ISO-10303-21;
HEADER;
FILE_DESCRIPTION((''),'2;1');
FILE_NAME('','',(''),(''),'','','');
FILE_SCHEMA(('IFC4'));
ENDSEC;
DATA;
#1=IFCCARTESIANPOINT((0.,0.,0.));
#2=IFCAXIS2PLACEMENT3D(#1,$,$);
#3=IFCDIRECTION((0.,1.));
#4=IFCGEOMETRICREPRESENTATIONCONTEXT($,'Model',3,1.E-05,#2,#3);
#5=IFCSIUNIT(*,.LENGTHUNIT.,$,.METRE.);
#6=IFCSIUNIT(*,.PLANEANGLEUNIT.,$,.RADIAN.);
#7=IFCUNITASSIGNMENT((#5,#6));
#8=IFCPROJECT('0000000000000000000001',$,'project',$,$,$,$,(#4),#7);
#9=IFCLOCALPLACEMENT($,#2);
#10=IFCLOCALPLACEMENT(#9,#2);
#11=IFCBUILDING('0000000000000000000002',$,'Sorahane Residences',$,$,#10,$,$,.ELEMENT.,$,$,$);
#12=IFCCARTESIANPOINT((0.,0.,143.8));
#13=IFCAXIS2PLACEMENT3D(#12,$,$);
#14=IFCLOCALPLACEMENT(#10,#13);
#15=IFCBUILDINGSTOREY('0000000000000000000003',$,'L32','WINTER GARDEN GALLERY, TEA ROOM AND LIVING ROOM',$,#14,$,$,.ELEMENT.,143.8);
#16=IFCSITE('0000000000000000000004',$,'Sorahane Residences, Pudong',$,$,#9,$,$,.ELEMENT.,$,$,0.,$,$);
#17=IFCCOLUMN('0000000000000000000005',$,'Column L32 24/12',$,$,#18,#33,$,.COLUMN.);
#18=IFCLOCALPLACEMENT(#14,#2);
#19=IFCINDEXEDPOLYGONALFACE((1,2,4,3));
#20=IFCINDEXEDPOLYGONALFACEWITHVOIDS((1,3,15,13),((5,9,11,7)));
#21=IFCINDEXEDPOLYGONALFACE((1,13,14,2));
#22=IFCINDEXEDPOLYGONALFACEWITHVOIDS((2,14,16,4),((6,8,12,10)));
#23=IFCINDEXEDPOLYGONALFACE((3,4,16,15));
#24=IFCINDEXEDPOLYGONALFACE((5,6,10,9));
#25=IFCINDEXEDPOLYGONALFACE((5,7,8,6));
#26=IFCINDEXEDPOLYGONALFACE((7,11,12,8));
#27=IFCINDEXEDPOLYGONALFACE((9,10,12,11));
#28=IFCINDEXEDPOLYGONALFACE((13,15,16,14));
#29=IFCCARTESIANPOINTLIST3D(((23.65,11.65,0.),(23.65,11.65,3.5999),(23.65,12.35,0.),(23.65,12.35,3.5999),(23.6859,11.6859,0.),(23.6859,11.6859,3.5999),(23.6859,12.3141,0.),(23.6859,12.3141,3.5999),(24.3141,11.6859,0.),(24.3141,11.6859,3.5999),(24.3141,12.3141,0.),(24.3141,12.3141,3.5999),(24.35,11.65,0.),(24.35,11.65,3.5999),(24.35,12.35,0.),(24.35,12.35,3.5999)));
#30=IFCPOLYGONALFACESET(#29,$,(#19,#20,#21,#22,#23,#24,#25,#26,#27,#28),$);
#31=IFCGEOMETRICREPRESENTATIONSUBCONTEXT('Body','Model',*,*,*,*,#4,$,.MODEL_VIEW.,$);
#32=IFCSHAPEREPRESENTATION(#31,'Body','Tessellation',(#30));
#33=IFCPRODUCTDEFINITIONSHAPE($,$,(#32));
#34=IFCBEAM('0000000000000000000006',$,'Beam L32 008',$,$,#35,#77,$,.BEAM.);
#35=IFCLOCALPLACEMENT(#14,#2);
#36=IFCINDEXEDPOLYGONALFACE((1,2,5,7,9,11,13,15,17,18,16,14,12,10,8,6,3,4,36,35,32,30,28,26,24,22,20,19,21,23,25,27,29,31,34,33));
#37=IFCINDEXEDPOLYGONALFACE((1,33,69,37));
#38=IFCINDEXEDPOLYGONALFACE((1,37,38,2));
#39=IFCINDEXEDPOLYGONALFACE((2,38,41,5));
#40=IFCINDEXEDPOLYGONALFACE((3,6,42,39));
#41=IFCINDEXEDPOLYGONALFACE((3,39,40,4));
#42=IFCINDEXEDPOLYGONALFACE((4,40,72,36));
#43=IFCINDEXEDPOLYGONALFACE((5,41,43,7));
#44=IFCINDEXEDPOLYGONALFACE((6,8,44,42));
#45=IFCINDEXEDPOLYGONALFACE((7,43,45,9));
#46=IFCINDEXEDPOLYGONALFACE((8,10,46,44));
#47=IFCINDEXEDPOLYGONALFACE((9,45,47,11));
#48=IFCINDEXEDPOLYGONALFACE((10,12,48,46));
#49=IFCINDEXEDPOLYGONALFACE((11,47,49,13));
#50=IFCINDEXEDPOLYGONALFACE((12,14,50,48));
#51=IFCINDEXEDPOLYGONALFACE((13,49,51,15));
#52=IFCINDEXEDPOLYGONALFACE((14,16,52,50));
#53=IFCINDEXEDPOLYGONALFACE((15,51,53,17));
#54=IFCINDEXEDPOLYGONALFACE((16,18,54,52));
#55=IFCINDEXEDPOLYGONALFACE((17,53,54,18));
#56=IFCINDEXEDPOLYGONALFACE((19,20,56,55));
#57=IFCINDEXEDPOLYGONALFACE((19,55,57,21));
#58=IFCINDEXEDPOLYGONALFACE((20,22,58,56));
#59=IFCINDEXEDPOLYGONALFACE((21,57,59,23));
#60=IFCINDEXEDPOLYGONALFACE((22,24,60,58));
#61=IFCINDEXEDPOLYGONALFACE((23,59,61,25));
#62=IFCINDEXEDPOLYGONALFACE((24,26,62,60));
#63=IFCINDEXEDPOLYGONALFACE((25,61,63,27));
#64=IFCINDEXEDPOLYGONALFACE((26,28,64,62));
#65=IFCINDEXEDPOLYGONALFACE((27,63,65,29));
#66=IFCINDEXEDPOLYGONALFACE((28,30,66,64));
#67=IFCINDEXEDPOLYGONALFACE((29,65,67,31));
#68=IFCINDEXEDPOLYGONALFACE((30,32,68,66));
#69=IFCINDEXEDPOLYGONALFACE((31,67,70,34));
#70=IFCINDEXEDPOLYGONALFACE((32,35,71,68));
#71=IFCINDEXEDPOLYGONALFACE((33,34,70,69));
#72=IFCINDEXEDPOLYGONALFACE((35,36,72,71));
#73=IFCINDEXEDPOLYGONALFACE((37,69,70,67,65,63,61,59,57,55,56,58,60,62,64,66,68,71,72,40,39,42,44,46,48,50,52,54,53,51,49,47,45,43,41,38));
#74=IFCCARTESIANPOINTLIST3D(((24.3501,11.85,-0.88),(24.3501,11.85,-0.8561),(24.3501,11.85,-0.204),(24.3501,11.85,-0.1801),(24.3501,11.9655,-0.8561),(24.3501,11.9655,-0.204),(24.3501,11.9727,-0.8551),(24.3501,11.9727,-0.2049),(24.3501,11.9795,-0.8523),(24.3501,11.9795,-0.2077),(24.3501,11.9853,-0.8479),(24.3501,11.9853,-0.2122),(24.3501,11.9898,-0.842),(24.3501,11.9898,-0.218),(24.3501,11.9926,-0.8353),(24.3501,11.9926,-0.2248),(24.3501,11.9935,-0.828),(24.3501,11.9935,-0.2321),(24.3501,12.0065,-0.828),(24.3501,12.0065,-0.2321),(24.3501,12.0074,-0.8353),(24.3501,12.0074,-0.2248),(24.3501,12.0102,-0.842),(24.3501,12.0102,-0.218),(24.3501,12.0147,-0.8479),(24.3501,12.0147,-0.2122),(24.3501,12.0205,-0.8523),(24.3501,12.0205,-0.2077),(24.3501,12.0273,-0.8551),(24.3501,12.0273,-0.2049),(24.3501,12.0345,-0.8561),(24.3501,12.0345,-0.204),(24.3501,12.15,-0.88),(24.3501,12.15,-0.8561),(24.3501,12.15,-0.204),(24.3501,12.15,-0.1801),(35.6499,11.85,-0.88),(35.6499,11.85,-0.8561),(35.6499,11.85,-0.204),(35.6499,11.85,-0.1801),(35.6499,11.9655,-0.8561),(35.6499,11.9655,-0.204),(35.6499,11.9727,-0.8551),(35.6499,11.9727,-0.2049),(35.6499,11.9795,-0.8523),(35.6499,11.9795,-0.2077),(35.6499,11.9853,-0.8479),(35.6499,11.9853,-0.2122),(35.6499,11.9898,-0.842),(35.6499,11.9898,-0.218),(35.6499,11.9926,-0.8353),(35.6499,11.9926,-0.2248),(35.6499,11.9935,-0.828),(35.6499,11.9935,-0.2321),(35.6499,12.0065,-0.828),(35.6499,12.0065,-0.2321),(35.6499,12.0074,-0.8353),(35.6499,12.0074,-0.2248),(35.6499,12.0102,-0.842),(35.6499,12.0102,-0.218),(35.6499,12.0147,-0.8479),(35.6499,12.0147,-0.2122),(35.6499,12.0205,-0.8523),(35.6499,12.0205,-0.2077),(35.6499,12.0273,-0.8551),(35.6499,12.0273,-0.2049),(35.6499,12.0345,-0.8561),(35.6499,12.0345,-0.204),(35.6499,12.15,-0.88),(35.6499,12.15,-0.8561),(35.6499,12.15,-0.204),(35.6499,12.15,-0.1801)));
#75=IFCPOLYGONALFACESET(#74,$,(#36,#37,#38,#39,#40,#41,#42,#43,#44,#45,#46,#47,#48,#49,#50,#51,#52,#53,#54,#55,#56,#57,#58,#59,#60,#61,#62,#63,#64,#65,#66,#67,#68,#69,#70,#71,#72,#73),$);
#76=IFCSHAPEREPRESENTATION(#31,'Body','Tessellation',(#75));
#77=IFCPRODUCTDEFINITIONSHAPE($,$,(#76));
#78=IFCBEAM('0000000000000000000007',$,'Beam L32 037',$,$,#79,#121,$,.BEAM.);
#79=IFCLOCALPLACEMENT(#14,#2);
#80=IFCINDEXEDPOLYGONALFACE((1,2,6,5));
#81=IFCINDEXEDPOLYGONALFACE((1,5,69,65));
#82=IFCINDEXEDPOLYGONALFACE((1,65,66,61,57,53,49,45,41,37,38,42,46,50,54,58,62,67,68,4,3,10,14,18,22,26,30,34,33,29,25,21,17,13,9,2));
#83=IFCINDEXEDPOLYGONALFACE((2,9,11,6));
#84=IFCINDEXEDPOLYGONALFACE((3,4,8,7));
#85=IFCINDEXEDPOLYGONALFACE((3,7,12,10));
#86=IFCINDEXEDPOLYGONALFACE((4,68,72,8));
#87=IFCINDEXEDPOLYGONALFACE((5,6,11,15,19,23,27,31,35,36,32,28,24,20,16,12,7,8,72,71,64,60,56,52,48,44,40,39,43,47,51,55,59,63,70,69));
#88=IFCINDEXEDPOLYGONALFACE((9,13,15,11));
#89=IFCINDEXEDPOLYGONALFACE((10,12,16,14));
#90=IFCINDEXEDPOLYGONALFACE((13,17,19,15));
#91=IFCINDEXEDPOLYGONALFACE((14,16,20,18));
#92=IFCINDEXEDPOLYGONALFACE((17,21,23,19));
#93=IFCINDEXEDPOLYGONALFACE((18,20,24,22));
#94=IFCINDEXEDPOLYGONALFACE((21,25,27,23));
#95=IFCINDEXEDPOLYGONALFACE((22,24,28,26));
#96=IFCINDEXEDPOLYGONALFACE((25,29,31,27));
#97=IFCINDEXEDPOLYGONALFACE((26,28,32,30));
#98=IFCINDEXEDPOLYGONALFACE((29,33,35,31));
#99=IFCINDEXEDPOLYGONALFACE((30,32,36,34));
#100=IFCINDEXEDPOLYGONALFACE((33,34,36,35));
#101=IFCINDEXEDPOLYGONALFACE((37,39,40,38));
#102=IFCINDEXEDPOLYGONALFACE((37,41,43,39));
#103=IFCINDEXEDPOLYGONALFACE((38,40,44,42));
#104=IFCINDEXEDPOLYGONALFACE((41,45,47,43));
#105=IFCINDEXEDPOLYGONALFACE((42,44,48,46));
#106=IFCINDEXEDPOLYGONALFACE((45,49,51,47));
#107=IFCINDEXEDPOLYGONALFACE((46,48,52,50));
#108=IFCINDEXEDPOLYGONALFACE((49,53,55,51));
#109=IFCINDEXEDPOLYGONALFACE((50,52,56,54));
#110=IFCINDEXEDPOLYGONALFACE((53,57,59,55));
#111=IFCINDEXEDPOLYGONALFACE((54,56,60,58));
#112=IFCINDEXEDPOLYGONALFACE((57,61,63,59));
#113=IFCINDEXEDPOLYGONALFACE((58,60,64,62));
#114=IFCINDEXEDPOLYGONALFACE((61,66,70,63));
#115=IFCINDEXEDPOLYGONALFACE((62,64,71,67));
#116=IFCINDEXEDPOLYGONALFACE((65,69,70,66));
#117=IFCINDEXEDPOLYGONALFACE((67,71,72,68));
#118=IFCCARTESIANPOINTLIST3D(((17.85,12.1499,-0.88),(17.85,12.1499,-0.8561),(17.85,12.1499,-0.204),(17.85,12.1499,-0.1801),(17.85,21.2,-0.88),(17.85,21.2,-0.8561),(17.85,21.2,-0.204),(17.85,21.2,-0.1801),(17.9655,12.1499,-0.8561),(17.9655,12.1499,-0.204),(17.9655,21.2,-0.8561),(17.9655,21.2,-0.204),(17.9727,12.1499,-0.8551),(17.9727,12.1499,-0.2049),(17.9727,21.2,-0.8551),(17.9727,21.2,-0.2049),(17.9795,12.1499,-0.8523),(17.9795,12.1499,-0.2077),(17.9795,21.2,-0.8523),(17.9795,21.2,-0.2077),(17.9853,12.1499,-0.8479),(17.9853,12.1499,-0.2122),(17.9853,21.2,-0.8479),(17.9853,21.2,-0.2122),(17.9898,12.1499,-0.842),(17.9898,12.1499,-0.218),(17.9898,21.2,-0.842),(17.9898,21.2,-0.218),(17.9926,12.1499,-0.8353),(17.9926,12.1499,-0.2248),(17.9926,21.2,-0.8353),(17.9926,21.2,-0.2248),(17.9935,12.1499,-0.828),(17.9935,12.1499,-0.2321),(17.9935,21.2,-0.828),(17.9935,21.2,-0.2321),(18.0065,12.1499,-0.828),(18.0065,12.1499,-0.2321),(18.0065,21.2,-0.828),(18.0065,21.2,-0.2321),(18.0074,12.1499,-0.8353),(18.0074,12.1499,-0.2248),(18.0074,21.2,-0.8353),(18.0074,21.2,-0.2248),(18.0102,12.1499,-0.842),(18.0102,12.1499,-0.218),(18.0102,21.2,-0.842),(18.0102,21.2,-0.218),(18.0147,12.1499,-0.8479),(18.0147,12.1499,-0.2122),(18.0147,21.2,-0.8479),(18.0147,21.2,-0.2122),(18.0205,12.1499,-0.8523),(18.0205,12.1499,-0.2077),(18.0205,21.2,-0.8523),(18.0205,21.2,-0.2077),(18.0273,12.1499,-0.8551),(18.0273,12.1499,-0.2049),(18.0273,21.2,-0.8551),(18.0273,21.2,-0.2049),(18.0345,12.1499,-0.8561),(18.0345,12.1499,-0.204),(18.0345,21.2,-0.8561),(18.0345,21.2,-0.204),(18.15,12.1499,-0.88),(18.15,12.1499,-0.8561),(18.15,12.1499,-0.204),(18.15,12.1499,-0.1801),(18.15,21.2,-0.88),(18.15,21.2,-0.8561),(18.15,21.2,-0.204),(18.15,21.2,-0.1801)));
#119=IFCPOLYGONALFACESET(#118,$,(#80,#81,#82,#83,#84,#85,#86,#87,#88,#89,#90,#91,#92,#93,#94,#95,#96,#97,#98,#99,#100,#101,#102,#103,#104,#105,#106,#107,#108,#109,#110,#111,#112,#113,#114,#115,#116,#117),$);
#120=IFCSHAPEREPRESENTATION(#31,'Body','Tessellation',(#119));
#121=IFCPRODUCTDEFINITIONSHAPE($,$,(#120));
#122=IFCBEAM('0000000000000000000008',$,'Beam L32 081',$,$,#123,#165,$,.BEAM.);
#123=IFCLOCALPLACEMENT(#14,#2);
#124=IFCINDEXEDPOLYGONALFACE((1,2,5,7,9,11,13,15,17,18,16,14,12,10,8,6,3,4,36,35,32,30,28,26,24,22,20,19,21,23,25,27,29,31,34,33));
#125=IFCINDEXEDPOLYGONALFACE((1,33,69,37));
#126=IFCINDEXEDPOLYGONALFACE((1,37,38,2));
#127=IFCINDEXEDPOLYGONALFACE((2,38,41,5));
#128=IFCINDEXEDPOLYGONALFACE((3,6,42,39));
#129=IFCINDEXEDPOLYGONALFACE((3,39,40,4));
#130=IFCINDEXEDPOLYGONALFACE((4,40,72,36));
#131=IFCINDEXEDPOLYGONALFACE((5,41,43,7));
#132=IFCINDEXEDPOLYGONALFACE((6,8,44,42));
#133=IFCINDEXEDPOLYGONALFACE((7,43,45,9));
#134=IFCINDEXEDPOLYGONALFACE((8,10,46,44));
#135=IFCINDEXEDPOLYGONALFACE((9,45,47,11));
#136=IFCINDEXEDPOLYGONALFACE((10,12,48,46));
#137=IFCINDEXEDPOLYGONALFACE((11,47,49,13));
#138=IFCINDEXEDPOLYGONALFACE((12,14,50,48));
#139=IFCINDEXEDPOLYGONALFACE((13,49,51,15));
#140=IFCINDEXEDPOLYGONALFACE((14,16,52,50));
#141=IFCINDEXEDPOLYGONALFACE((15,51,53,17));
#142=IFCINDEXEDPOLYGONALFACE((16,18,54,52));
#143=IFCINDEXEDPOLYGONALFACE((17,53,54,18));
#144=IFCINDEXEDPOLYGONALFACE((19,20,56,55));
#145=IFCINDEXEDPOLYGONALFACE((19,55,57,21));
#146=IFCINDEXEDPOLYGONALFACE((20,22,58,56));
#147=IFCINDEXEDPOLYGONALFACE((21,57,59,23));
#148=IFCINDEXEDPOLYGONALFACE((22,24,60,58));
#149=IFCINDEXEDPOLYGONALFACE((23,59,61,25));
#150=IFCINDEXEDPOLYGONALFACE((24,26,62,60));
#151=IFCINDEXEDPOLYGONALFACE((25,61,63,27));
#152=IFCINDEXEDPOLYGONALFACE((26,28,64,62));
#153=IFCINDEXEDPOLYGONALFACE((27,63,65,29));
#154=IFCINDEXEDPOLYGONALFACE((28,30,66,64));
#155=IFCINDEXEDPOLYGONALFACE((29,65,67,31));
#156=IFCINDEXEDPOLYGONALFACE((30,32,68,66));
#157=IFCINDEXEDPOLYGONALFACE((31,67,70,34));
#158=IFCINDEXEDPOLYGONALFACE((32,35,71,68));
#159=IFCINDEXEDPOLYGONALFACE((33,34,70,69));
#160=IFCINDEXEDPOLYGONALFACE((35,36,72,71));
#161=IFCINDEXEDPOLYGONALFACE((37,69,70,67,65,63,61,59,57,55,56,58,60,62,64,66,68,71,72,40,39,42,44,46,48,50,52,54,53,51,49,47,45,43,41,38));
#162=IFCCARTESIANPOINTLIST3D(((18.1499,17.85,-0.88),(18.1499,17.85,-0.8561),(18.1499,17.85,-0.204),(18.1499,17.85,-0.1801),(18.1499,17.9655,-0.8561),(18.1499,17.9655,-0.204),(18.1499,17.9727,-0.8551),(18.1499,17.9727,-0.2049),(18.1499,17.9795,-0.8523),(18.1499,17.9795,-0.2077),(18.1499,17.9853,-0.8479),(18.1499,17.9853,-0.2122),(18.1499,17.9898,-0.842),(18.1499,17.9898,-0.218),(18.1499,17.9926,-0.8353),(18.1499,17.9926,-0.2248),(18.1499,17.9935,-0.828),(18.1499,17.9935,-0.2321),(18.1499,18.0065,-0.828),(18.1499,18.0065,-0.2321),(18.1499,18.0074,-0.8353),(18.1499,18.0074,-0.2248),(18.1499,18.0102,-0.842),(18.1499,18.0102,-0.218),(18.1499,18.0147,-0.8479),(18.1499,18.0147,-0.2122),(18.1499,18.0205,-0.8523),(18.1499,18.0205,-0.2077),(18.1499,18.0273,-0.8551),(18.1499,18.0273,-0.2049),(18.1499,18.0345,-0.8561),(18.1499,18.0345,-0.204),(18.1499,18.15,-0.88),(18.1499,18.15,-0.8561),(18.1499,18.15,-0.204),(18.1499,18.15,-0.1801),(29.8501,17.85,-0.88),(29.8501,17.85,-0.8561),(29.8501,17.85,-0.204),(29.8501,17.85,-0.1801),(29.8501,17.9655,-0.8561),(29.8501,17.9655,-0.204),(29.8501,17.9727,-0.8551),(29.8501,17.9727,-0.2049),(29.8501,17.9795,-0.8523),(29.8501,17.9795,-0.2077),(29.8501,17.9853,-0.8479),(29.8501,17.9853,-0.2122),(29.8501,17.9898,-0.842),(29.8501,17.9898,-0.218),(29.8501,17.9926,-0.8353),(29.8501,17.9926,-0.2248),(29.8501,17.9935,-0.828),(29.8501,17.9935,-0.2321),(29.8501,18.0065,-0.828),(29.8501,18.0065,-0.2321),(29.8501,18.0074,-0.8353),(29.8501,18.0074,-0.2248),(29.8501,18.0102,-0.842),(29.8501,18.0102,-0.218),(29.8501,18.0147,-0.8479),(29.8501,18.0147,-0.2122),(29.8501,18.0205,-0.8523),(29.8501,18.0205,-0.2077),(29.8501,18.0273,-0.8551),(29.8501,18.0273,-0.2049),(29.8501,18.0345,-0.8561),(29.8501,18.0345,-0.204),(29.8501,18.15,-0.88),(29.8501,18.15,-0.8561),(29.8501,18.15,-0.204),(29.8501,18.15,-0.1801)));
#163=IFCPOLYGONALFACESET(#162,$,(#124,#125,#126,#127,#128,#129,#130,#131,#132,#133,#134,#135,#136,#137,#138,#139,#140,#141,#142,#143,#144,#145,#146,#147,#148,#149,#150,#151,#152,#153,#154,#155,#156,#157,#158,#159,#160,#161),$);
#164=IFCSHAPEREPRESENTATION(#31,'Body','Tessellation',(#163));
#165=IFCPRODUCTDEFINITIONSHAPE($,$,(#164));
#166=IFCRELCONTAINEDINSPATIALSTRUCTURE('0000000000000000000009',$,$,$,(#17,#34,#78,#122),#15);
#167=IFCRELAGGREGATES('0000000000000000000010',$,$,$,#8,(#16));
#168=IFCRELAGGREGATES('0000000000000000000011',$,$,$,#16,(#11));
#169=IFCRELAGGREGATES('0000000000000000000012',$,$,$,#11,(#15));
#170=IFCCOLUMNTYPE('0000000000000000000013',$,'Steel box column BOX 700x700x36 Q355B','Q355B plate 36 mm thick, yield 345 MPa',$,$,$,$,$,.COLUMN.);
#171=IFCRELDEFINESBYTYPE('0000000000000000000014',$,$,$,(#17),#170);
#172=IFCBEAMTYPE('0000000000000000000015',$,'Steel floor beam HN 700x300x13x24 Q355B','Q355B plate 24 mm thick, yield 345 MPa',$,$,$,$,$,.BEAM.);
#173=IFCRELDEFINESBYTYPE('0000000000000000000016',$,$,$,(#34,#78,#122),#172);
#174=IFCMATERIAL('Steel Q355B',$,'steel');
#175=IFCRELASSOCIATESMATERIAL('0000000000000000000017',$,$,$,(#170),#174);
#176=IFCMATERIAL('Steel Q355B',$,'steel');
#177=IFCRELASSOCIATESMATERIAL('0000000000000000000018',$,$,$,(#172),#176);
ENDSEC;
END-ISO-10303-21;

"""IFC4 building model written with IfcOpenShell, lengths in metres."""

from ifc_helpers import new_model, si_unit, direction, frame, origin, origin_2d, place, context, subcontext, project, spatial, hollow_rectangle, i_section, extrude, material, material_profile, profile_set, type_object, element, save


model = new_model("IFC4")

# Units and contexts
model_context = context("Model", 3, precision=1e-05, world=origin(), true_north=direction((0.0, 1.0)))
body_context = subcontext(model_context, "Body", "Model", "MODEL_VIEW")
ifc_project = project(units=[si_unit("LENGTHUNIT", "METRE"), si_unit("PLANEANGLEUNIT", "RADIAN")], contexts=[model_context])

# Site, building, storey
site_placement = place(None, origin())
site = spatial("IfcSite", under=ifc_project, at=site_placement, Name="Sorahane Residences, Pudong", CompositionType="ELEMENT", RefElevation=0.0)
building_placement = place(site_placement, origin())
building = spatial("IfcBuilding", under=site, at=building_placement, Name="Sorahane Residences", CompositionType="ELEMENT")
storey_placement = place(building_placement, frame((0.0, 0.0, 143.8)))
storey = spatial("IfcBuildingStorey", under=building, at=storey_placement, Name="L32", Description="WINTER GARDEN GALLERY, TEA ROOM AND LIVING ROOM", CompositionType="ELEMENT", Elevation=143.8)

# Column
ifc_material_1 = material(Name="Steel Q355B", Category="steel")
ifc_material_profile_1 = material_profile(ifc_material_1, hollow_rectangle(XDim=0.7, YDim=0.7, WallThickness=0.0359, at=origin_2d()), Name="BOX 700x700x36")
ifc_profile_set_1 = profile_set([ifc_material_profile_1], Name="Steel Q355B")
column_type = type_object("IfcColumnType", Name="Steel box column BOX 700x700x36 Q355B", Description="Q355B plate 36 mm thick, yield 345 MPa", PredefinedType="COLUMN", material=ifc_profile_set_1)
column_placement = place(storey_placement, frame((24.0, 12.0, 0.0), z_axis=(0.0, 0.0, 1.0), x_axis=(1.0, 0.0, 0.0)))
element("IfcColumn", 1, at=column_placement, inside=storey, type_object=column_type, Name="Column L32 24/12", PredefinedType="COLUMN", context=body_context, shape_type="SweptSolid", body=[
    extrude(hollow_rectangle(XDim=0.7, YDim=0.7, WallThickness=0.0359, at=origin_2d()), origin(), (0.0, 0.0, 1.0), 3.5999),
])

# Beams
ifc_material_2 = material(Name="Steel Q355B", Category="steel")
ifc_material_profile_2 = material_profile(ifc_material_2, i_section(OverallWidth=0.3, OverallDepth=0.7, WebThickness=0.0129, FlangeThickness=0.0239, FilletRadius=0.0281, at=origin_2d()), Name="HN 700x300x13x24")
ifc_profile_set_2 = profile_set([ifc_material_profile_2], Name="Steel Q355B")
beam_type = type_object("IfcBeamType", Name="Steel floor beam HN 700x300x13x24 Q355B", Description="Q355B plate 24 mm thick, yield 345 MPa", PredefinedType="BEAM", material=ifc_profile_set_2)
beam_1_placement = place(storey_placement, frame((24.3501, 12.0, -0.53), z_axis=(1.0, 0.0, 0.0), x_axis=(0.0, 1.0, 0.0)))
element("IfcBeam", 2, at=beam_1_placement, inside=storey, type_object=beam_type, Name="Beam L32 008", PredefinedType="BEAM", context=body_context, shape_type="SweptSolid", body=[
    extrude(i_section(OverallWidth=0.3, OverallDepth=0.7, WebThickness=0.0129, FlangeThickness=0.0239, FilletRadius=0.0281, at=origin_2d()), origin(), (0.0, 0.0, 1.0), 11.2998),
])
beam_2_placement = place(storey_placement, frame((18.0, 12.1499, -0.53), z_axis=(0.0, 1.0, 0.0), x_axis=(-1.0, 0.0, 0.0)))
element("IfcBeam", 3, at=beam_2_placement, inside=storey, type_object=beam_type, Name="Beam L32 037", PredefinedType="BEAM", context=body_context, shape_type="SweptSolid", body=[
    extrude(i_section(OverallWidth=0.3, OverallDepth=0.7, WebThickness=0.0129, FlangeThickness=0.0239, FilletRadius=0.0281, at=origin_2d()), origin(), (0.0, 0.0, 1.0), 9.05),
])
beam_3_placement = place(storey_placement, frame((18.1499, 18.0, -0.53), z_axis=(1.0, 0.0, 0.0), x_axis=(0.0, 1.0, 0.0)))
element("IfcBeam", 4, at=beam_3_placement, inside=storey, type_object=beam_type, Name="Beam L32 081", PredefinedType="BEAM", context=body_context, shape_type="SweptSolid", body=[
    extrude(i_section(OverallWidth=0.3, OverallDepth=0.7, WebThickness=0.0129, FlangeThickness=0.0239, FilletRadius=0.0281, at=origin_2d()), origin(), (0.0, 0.0, 1.0), 11.7002),
])

save(model, "model.ifc")
